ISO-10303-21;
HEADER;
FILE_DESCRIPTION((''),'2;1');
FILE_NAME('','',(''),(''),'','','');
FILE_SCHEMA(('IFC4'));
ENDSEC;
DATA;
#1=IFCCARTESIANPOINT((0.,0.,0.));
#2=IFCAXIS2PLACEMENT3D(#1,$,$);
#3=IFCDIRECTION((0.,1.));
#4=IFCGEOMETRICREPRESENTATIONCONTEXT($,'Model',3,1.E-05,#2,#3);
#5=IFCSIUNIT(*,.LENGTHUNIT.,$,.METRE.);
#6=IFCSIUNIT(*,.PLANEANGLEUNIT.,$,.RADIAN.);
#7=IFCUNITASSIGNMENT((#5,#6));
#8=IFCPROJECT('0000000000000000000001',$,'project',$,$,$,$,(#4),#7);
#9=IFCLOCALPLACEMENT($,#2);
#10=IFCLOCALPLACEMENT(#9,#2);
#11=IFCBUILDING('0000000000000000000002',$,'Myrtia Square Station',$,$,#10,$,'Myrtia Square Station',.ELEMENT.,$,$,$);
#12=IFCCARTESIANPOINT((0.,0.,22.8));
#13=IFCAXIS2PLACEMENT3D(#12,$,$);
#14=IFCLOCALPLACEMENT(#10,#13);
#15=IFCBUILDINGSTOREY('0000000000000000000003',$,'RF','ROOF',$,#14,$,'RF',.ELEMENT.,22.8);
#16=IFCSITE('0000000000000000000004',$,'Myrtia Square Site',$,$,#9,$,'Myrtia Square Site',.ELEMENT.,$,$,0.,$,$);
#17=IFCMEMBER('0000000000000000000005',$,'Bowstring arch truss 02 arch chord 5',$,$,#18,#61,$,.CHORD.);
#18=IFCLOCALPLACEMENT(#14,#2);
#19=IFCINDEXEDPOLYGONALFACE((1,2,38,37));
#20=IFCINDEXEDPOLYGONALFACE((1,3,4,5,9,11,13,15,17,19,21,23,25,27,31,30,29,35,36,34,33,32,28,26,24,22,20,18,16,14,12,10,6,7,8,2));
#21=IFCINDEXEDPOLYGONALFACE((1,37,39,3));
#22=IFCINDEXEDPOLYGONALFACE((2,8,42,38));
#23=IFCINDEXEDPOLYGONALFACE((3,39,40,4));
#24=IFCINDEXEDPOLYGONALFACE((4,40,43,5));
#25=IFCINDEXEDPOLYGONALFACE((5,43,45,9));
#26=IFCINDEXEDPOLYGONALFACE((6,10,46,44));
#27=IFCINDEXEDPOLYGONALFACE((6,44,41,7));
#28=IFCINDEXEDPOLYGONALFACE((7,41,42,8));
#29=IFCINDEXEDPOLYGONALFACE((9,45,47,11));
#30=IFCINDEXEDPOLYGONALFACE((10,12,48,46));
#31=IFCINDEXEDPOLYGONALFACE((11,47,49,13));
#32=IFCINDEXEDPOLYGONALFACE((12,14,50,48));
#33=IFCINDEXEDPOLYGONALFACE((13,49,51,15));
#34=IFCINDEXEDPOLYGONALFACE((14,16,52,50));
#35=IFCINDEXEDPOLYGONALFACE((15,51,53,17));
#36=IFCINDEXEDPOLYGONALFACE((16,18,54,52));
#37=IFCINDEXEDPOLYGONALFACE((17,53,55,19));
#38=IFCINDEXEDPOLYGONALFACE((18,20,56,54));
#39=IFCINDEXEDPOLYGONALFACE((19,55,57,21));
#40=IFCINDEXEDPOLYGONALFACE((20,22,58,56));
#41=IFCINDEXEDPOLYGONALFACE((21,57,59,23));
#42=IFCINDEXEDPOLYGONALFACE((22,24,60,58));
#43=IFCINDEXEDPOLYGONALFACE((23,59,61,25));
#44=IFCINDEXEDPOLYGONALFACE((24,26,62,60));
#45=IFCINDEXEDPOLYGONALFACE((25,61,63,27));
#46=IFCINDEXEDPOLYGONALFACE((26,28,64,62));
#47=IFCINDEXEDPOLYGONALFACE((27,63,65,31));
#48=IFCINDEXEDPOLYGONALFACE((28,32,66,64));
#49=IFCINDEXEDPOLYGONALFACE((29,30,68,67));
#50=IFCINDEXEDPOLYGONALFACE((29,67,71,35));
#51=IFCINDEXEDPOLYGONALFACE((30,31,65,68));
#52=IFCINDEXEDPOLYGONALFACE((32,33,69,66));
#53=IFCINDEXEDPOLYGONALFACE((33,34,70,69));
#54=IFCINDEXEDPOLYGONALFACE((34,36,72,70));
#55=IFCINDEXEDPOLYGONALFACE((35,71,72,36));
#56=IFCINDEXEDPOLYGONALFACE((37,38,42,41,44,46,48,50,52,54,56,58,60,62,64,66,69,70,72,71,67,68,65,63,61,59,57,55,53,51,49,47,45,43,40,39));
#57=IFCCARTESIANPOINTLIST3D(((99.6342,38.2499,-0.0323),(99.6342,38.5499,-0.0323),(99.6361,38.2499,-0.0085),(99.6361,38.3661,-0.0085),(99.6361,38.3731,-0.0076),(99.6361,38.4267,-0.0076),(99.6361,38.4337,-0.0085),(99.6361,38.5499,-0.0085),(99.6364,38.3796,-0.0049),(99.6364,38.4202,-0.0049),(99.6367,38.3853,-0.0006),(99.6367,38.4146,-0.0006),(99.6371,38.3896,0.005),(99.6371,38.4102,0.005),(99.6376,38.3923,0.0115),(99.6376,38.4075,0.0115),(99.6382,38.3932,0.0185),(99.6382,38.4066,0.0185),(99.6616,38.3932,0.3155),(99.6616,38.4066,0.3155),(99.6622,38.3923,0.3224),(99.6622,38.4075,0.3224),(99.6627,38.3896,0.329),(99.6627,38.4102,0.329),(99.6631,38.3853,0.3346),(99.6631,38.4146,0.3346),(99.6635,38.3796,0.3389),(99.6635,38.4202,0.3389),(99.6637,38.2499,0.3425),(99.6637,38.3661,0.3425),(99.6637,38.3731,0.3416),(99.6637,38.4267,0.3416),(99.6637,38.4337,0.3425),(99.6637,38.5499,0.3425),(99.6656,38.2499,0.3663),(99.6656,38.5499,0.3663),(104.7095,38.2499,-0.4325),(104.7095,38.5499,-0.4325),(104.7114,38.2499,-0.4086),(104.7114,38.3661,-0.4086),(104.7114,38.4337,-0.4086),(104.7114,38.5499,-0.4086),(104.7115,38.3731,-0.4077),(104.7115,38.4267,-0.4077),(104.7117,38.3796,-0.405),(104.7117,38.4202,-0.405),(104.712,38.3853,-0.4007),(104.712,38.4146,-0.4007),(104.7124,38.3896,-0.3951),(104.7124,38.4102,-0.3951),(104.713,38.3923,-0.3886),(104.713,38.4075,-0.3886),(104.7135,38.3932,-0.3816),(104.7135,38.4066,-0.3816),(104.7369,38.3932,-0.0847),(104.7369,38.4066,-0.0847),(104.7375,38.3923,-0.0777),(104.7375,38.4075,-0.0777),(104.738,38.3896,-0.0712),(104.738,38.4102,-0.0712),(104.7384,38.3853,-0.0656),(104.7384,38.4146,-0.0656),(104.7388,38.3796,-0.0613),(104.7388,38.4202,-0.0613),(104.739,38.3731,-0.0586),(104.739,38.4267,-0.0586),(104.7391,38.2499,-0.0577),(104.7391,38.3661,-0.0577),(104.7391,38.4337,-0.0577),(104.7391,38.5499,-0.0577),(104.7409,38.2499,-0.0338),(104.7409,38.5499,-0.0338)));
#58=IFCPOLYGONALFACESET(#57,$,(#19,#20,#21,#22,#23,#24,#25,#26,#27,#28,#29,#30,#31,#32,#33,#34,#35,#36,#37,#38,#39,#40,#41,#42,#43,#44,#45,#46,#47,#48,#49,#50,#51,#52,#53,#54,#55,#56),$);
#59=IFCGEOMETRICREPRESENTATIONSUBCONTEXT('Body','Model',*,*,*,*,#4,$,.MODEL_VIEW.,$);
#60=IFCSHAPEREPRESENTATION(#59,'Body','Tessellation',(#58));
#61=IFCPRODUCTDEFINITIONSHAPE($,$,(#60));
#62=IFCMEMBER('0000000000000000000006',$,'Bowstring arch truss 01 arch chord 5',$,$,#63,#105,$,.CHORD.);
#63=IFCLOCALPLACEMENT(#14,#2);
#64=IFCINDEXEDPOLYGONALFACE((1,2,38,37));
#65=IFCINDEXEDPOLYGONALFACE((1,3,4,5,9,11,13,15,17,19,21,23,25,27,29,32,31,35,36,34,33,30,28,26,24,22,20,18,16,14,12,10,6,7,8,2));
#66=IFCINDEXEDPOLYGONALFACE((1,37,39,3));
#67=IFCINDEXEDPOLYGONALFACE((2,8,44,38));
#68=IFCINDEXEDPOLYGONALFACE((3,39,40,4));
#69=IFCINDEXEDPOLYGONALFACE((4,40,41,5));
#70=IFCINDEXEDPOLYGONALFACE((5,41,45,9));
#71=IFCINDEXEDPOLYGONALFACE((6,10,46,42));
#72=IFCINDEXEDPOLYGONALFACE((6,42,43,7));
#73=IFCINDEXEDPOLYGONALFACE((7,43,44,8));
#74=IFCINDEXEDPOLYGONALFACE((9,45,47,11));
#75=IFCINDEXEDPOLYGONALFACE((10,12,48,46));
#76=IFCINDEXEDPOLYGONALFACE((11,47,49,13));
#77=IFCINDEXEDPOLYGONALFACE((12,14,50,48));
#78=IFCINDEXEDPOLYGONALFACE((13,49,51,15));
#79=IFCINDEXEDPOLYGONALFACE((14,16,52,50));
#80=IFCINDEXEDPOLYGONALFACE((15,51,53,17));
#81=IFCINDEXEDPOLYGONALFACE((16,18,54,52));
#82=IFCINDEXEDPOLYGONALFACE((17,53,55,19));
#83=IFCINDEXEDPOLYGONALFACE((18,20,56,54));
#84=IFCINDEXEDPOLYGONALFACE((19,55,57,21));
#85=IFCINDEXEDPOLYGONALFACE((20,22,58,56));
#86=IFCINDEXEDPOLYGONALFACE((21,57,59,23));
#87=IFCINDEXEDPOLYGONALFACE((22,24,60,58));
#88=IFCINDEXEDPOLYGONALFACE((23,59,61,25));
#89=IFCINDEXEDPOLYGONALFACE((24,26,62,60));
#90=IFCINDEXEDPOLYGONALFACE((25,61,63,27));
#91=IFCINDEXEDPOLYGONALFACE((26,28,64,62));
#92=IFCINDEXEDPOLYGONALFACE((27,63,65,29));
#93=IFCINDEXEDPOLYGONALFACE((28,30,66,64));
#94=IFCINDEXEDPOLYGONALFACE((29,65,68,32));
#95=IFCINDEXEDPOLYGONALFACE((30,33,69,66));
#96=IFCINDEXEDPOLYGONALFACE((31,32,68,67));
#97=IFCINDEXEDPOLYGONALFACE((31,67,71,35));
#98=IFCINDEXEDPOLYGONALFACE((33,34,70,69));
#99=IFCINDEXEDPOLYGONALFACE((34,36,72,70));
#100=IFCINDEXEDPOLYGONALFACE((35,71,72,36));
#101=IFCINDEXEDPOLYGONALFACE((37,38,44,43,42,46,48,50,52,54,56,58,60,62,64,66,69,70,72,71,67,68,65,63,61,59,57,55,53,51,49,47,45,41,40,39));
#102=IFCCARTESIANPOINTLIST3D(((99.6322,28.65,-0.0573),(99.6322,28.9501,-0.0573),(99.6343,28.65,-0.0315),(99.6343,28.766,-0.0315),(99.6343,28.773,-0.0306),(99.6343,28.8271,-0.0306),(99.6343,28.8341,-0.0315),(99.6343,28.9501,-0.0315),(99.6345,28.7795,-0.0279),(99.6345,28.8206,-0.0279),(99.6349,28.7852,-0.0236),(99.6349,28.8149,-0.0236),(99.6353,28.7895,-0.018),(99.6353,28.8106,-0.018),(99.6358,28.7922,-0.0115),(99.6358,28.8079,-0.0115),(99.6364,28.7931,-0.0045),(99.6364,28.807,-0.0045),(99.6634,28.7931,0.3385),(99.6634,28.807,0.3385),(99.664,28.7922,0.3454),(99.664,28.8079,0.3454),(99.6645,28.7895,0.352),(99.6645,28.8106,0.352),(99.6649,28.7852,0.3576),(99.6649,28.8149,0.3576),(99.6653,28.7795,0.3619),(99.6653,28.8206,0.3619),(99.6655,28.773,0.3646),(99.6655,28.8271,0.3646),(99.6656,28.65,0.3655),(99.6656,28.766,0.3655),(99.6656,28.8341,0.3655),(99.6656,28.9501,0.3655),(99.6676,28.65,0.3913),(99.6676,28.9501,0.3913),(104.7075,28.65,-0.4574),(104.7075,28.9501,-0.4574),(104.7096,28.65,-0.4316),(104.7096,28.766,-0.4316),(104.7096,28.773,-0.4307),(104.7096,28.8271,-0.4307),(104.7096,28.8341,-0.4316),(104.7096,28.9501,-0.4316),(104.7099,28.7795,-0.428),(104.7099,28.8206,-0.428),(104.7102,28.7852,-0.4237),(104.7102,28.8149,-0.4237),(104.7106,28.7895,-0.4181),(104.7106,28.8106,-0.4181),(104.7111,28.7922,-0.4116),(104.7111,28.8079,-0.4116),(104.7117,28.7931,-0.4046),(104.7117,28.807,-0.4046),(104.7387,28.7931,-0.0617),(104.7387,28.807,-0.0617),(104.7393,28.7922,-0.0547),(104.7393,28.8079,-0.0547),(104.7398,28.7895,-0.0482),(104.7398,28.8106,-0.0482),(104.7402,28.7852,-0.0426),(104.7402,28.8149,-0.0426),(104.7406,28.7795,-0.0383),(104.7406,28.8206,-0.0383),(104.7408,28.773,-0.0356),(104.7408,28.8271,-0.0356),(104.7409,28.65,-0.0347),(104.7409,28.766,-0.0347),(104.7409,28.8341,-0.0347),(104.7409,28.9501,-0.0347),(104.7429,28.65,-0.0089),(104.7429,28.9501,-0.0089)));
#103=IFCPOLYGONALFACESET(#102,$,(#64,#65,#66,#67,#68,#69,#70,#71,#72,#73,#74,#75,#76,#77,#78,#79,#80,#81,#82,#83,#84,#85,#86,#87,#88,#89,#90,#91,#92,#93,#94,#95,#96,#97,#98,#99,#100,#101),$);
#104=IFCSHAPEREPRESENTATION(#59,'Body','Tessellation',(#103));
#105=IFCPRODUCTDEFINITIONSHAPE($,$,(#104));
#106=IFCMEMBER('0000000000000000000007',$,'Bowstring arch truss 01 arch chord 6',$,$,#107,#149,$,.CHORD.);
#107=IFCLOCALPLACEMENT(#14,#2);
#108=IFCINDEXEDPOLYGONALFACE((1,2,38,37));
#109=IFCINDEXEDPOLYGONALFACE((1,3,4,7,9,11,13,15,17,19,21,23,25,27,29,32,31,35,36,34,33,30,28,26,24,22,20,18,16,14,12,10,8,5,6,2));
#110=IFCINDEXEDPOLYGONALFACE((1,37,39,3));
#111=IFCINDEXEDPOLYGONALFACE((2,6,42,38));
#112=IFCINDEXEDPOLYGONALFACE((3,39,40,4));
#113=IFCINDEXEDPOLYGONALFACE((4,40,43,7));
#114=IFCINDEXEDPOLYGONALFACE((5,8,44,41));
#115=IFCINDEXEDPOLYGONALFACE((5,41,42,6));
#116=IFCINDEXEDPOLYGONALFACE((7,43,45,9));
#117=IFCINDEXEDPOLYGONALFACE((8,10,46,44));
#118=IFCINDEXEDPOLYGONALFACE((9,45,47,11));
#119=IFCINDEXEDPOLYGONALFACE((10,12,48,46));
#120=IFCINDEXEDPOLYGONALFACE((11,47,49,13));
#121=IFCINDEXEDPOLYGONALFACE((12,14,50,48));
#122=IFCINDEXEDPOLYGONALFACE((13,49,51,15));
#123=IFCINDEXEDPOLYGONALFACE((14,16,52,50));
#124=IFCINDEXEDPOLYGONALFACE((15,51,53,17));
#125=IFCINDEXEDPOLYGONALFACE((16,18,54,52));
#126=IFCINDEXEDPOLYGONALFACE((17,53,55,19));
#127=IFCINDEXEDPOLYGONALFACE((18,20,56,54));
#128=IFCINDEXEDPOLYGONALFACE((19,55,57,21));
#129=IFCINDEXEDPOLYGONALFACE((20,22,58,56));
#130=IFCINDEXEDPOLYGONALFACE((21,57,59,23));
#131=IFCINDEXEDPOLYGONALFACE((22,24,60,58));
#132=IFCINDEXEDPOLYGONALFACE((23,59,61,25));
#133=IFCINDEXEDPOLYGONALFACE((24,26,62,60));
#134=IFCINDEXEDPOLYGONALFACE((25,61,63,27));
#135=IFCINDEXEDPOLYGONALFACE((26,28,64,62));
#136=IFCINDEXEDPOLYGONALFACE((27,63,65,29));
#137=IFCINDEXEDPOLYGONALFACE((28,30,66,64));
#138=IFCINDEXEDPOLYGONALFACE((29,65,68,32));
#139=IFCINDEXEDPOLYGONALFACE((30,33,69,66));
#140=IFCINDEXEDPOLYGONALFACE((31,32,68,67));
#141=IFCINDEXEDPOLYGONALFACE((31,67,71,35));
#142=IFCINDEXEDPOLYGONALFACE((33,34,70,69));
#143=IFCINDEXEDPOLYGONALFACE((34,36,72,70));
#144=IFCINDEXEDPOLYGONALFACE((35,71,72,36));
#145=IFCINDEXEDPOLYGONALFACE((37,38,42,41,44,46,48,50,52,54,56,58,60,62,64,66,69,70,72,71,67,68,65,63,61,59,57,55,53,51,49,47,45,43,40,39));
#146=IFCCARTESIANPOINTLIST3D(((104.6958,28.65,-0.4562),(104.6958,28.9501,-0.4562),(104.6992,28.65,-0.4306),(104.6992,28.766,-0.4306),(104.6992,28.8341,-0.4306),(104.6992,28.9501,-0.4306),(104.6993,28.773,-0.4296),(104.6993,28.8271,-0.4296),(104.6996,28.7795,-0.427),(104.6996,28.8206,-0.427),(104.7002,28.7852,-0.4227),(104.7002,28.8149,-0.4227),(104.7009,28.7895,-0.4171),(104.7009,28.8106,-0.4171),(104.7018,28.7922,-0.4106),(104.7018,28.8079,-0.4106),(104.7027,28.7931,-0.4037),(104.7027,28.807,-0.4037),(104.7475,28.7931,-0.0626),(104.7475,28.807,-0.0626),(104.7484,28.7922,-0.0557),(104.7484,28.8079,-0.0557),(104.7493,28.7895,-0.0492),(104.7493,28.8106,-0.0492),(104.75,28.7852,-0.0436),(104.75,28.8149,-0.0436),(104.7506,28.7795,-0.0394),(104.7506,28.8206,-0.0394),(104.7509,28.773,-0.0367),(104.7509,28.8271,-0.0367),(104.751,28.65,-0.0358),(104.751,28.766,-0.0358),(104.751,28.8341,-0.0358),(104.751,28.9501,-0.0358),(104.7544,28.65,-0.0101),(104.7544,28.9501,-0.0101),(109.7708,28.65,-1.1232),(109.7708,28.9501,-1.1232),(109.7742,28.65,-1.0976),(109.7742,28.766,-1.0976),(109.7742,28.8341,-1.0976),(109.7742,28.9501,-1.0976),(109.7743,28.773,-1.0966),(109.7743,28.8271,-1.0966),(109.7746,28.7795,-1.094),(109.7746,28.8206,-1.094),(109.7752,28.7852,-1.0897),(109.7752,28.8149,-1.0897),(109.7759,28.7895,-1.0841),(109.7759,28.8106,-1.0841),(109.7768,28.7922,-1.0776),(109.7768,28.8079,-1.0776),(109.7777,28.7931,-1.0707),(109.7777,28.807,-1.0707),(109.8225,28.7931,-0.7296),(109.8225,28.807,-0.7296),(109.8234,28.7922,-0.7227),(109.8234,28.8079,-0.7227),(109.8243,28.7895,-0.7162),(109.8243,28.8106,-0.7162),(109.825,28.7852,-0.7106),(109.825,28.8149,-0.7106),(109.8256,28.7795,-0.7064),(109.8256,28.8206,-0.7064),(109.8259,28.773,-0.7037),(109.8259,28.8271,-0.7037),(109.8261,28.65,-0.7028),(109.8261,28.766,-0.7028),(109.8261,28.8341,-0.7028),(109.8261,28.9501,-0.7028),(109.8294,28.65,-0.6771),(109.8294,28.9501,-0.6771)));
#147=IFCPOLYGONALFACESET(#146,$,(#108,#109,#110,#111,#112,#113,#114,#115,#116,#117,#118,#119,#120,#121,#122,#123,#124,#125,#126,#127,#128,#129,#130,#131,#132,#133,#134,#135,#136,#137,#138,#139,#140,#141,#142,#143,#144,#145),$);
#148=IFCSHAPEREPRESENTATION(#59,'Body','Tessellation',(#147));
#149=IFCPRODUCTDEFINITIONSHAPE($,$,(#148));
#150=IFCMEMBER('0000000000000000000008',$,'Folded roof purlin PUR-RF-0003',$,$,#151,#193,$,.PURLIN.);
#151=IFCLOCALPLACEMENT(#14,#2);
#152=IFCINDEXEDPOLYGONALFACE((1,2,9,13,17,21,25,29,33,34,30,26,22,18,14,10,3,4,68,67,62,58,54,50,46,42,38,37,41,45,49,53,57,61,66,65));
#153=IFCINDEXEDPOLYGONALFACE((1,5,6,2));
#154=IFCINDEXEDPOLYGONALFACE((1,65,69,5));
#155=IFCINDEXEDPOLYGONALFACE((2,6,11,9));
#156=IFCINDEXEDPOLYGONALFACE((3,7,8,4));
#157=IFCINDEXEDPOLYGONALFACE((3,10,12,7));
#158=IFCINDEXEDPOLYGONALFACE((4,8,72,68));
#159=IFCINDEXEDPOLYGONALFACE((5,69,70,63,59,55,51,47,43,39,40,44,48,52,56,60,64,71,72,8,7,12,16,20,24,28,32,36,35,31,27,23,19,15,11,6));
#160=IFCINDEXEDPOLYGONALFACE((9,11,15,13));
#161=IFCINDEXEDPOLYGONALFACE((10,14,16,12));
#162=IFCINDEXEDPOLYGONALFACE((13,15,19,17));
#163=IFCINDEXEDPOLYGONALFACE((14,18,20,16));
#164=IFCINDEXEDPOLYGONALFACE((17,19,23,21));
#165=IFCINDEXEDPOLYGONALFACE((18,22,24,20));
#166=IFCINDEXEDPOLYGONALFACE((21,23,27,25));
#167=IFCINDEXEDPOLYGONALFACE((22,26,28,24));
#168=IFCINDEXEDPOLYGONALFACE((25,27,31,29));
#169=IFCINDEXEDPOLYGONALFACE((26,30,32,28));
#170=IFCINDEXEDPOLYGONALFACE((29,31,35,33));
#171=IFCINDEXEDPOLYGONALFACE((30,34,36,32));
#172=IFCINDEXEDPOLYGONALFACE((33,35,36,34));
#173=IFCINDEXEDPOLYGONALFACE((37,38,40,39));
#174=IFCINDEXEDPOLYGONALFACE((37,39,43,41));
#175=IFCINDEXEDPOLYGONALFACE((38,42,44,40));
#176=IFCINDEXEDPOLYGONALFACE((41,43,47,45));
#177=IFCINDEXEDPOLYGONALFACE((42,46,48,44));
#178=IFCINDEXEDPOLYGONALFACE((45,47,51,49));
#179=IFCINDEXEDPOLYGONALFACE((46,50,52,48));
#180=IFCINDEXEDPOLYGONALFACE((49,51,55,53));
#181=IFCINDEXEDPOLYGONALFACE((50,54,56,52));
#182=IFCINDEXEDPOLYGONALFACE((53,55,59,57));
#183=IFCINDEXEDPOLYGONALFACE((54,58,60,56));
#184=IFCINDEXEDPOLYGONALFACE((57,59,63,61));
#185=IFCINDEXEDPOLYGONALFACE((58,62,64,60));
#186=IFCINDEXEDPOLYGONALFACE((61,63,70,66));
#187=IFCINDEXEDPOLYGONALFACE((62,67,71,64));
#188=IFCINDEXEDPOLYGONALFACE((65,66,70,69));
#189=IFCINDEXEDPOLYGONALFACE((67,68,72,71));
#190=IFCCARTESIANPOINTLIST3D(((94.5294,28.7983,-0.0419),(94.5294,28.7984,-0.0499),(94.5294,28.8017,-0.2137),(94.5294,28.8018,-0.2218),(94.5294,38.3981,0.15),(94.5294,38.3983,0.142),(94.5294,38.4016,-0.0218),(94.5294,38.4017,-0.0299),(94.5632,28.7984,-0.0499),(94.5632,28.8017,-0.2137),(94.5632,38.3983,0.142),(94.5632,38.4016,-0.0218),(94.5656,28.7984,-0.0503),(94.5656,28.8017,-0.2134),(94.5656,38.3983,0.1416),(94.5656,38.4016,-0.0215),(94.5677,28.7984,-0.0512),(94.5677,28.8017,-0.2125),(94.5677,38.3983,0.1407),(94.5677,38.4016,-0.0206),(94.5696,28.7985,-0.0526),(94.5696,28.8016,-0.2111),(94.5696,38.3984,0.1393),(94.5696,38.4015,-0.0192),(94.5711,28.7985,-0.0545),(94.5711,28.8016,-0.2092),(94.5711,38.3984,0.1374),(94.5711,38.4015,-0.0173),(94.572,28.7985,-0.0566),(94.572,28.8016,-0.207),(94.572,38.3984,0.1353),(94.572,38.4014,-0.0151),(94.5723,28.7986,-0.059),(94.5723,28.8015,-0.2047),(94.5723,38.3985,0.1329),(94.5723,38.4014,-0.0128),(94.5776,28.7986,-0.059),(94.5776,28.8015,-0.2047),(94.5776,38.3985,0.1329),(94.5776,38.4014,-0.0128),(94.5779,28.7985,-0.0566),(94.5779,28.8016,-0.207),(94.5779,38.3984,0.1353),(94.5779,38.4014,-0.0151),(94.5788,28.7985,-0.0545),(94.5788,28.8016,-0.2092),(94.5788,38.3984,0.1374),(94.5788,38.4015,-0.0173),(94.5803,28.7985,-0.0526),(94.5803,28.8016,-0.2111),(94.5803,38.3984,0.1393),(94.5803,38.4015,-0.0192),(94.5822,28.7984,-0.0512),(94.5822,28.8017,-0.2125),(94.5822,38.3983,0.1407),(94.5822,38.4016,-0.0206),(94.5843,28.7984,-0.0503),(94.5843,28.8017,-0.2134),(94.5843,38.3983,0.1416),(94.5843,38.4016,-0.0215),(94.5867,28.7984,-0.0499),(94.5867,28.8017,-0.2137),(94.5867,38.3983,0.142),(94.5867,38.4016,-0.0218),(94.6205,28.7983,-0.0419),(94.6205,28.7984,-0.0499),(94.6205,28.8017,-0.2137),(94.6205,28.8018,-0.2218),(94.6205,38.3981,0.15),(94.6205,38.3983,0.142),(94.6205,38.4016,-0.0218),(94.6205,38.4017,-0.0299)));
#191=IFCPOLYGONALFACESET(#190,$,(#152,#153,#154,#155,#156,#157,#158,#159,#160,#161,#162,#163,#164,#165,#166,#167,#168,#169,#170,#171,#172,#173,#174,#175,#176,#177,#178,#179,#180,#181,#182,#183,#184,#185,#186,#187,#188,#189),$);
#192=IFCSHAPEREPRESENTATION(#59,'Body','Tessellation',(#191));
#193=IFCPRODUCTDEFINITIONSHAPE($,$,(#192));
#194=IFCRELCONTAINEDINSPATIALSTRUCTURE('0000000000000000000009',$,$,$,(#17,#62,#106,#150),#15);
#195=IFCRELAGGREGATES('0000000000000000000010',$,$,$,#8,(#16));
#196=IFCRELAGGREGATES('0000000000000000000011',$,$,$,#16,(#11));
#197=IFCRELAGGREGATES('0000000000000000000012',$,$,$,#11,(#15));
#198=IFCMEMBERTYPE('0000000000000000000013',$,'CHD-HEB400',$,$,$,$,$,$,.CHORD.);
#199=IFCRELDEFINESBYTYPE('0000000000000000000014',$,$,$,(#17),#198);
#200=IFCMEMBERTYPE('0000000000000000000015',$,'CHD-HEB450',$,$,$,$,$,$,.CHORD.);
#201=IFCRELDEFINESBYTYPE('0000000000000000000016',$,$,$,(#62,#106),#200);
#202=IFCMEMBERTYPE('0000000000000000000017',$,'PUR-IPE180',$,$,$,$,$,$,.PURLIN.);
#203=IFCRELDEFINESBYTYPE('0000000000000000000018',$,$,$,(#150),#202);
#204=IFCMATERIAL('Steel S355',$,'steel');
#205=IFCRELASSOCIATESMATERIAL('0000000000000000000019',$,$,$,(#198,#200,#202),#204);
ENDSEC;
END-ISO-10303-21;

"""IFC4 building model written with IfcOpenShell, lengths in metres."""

from ifc_helpers import new_model, si_unit, direction, frame, origin, origin_2d, place, context, subcontext, project, spatial, i_section, extrude, material, material_profile, profile_set, type_object, element, save


model = new_model("IFC4")

# Units and contexts
model_context = context("Model", 3, precision=1e-05, world=origin(), true_north=direction((0.0, 1.0)))
body_context = subcontext(model_context, "Body", "Model", "MODEL_VIEW")
ifc_project = project(units=[si_unit("LENGTHUNIT", "METRE"), si_unit("PLANEANGLEUNIT", "RADIAN")], contexts=[model_context])

# Site, building, storey
site_placement = place(None, origin())
site = spatial("IfcSite", under=ifc_project, at=site_placement, Name="Myrtia Square Site", LongName="Myrtia Square Site", CompositionType="ELEMENT", RefElevation=0.0)
building_placement = place(site_placement, origin())
building = spatial("IfcBuilding", under=site, at=building_placement, Name="Myrtia Square Station", LongName="Myrtia Square Station", CompositionType="ELEMENT")
storey_placement = place(building_placement, frame((0.0, 0.0, 22.8)))
storey = spatial("IfcBuildingStorey", under=building, at=storey_placement, Name="RF", Description="ROOF", LongName="RF", CompositionType="ELEMENT", Elevation=22.8)

# Members
ifc_material_1 = material(Name="Steel S355", Category="steel")
ifc_material_profile_1 = material_profile(ifc_material_1, i_section(OverallWidth=0.3, OverallDepth=0.3999, WebThickness=0.0134, FlangeThickness=0.0239, FilletRadius=0.0271, at=origin_2d()), Name="HEB 400")
ifc_profile_set_1 = profile_set([ifc_material_profile_1], Name="Steel S355")
member_type_1 = type_object("IfcMemberType", Name="CHD-HEB400", PredefinedType="CHORD", material=ifc_profile_set_1)
member_1_placement = place(storey_placement, frame((99.6499, 38.3999, 0.167), z_axis=(0.996906, 0.0, -0.0786), x_axis=(0.0, 1.0, 0.0)))
element("IfcMember", 1, at=member_1_placement, inside=storey, type_object=member_type_1, Name="Bowstring arch truss 02 arch chord 5", PredefinedType="CHORD", context=body_context, shape_type="SweptSolid", body=[
    extrude(i_section(OverallWidth=0.3, OverallDepth=0.3999, WebThickness=0.0134, FlangeThickness=0.0239, FilletRadius=0.0271, at=origin_2d()), origin(), (0.0, 0.0, 1.0), 5.0911),
])
ifc_material_profile_2 = material_profile(ifc_material_1, i_section(OverallWidth=0.3, OverallDepth=0.45, WebThickness=0.0139, FlangeThickness=0.0259, FilletRadius=0.0271, at=origin_2d()), Name="HEB 450")
ifc_profile_set_2 = profile_set([ifc_material_profile_2], Name="Steel S355")
member_type_2 = type_object("IfcMemberType", Name="CHD-HEB450", PredefinedType="CHORD", material=ifc_profile_set_2)
member_2_placement = place(storey_placement, frame((99.6499, 28.8, 0.167), z_axis=(0.996906, 0.0, -0.0786), x_axis=(0.0, 1.0, 0.0)))
element("IfcMember", 2, at=member_2_placement, inside=storey, type_object=member_type_2, Name="Bowstring arch truss 01 arch chord 5", PredefinedType="CHORD", context=body_context, shape_type="SweptSolid", body=[
    extrude(i_section(OverallWidth=0.3, OverallDepth=0.45, WebThickness=0.0139, FlangeThickness=0.0259, FilletRadius=0.0271, at=origin_2d()), origin(), (0.0, 0.0, 1.0), 5.0911),
])
member_3_placement = place(storey_placement, frame((104.7251, 28.8, -0.2332), z_axis=(0.991474, 0.0, -0.130308), x_axis=(0.0, 1.0, 0.0)))
element("IfcMember", 3, at=member_3_placement, inside=storey, type_object=member_type_2, Name="Bowstring arch truss 01 arch chord 6", PredefinedType="CHORD", context=body_context, shape_type="SweptSolid", body=[
    extrude(i_section(OverallWidth=0.3, OverallDepth=0.45, WebThickness=0.0139, FlangeThickness=0.0259, FilletRadius=0.0271, at=origin_2d()), origin(), (0.0, 0.0, 1.0), 5.1187),
])
ifc_material_profile_3 = material_profile(ifc_material_1, i_section(OverallWidth=0.0911, OverallDepth=0.1799, WebThickness=0.0054, FlangeThickness=0.0081, FilletRadius=0.009, at=origin_2d()), Name="IPE 180")
ifc_profile_set_3 = profile_set([ifc_material_profile_3], Name="Steel S355")
member_type_3 = type_object("IfcMemberType", Name="PUR-IPE180", PredefinedType="PURLIN", material=ifc_profile_set_3)
member_4_placement = place(storey_placement, frame((94.575, 28.8, -0.1318), z_axis=(0.0, 0.9998, 0.019985), x_axis=(-1.0, 0.0, 0.0)))
element("IfcMember", 4, at=member_4_placement, inside=storey, type_object=member_type_3, Name="Folded roof purlin PUR-RF-0003", PredefinedType="PURLIN", context=body_context, shape_type="SweptSolid", body=[
    extrude(i_section(OverallWidth=0.0911, OverallDepth=0.1799, WebThickness=0.0054, FlangeThickness=0.0081, FilletRadius=0.009, at=origin_2d()), origin(), (0.0, 0.0, 1.0), 9.6018),
])

save(model, "model.ifc")
